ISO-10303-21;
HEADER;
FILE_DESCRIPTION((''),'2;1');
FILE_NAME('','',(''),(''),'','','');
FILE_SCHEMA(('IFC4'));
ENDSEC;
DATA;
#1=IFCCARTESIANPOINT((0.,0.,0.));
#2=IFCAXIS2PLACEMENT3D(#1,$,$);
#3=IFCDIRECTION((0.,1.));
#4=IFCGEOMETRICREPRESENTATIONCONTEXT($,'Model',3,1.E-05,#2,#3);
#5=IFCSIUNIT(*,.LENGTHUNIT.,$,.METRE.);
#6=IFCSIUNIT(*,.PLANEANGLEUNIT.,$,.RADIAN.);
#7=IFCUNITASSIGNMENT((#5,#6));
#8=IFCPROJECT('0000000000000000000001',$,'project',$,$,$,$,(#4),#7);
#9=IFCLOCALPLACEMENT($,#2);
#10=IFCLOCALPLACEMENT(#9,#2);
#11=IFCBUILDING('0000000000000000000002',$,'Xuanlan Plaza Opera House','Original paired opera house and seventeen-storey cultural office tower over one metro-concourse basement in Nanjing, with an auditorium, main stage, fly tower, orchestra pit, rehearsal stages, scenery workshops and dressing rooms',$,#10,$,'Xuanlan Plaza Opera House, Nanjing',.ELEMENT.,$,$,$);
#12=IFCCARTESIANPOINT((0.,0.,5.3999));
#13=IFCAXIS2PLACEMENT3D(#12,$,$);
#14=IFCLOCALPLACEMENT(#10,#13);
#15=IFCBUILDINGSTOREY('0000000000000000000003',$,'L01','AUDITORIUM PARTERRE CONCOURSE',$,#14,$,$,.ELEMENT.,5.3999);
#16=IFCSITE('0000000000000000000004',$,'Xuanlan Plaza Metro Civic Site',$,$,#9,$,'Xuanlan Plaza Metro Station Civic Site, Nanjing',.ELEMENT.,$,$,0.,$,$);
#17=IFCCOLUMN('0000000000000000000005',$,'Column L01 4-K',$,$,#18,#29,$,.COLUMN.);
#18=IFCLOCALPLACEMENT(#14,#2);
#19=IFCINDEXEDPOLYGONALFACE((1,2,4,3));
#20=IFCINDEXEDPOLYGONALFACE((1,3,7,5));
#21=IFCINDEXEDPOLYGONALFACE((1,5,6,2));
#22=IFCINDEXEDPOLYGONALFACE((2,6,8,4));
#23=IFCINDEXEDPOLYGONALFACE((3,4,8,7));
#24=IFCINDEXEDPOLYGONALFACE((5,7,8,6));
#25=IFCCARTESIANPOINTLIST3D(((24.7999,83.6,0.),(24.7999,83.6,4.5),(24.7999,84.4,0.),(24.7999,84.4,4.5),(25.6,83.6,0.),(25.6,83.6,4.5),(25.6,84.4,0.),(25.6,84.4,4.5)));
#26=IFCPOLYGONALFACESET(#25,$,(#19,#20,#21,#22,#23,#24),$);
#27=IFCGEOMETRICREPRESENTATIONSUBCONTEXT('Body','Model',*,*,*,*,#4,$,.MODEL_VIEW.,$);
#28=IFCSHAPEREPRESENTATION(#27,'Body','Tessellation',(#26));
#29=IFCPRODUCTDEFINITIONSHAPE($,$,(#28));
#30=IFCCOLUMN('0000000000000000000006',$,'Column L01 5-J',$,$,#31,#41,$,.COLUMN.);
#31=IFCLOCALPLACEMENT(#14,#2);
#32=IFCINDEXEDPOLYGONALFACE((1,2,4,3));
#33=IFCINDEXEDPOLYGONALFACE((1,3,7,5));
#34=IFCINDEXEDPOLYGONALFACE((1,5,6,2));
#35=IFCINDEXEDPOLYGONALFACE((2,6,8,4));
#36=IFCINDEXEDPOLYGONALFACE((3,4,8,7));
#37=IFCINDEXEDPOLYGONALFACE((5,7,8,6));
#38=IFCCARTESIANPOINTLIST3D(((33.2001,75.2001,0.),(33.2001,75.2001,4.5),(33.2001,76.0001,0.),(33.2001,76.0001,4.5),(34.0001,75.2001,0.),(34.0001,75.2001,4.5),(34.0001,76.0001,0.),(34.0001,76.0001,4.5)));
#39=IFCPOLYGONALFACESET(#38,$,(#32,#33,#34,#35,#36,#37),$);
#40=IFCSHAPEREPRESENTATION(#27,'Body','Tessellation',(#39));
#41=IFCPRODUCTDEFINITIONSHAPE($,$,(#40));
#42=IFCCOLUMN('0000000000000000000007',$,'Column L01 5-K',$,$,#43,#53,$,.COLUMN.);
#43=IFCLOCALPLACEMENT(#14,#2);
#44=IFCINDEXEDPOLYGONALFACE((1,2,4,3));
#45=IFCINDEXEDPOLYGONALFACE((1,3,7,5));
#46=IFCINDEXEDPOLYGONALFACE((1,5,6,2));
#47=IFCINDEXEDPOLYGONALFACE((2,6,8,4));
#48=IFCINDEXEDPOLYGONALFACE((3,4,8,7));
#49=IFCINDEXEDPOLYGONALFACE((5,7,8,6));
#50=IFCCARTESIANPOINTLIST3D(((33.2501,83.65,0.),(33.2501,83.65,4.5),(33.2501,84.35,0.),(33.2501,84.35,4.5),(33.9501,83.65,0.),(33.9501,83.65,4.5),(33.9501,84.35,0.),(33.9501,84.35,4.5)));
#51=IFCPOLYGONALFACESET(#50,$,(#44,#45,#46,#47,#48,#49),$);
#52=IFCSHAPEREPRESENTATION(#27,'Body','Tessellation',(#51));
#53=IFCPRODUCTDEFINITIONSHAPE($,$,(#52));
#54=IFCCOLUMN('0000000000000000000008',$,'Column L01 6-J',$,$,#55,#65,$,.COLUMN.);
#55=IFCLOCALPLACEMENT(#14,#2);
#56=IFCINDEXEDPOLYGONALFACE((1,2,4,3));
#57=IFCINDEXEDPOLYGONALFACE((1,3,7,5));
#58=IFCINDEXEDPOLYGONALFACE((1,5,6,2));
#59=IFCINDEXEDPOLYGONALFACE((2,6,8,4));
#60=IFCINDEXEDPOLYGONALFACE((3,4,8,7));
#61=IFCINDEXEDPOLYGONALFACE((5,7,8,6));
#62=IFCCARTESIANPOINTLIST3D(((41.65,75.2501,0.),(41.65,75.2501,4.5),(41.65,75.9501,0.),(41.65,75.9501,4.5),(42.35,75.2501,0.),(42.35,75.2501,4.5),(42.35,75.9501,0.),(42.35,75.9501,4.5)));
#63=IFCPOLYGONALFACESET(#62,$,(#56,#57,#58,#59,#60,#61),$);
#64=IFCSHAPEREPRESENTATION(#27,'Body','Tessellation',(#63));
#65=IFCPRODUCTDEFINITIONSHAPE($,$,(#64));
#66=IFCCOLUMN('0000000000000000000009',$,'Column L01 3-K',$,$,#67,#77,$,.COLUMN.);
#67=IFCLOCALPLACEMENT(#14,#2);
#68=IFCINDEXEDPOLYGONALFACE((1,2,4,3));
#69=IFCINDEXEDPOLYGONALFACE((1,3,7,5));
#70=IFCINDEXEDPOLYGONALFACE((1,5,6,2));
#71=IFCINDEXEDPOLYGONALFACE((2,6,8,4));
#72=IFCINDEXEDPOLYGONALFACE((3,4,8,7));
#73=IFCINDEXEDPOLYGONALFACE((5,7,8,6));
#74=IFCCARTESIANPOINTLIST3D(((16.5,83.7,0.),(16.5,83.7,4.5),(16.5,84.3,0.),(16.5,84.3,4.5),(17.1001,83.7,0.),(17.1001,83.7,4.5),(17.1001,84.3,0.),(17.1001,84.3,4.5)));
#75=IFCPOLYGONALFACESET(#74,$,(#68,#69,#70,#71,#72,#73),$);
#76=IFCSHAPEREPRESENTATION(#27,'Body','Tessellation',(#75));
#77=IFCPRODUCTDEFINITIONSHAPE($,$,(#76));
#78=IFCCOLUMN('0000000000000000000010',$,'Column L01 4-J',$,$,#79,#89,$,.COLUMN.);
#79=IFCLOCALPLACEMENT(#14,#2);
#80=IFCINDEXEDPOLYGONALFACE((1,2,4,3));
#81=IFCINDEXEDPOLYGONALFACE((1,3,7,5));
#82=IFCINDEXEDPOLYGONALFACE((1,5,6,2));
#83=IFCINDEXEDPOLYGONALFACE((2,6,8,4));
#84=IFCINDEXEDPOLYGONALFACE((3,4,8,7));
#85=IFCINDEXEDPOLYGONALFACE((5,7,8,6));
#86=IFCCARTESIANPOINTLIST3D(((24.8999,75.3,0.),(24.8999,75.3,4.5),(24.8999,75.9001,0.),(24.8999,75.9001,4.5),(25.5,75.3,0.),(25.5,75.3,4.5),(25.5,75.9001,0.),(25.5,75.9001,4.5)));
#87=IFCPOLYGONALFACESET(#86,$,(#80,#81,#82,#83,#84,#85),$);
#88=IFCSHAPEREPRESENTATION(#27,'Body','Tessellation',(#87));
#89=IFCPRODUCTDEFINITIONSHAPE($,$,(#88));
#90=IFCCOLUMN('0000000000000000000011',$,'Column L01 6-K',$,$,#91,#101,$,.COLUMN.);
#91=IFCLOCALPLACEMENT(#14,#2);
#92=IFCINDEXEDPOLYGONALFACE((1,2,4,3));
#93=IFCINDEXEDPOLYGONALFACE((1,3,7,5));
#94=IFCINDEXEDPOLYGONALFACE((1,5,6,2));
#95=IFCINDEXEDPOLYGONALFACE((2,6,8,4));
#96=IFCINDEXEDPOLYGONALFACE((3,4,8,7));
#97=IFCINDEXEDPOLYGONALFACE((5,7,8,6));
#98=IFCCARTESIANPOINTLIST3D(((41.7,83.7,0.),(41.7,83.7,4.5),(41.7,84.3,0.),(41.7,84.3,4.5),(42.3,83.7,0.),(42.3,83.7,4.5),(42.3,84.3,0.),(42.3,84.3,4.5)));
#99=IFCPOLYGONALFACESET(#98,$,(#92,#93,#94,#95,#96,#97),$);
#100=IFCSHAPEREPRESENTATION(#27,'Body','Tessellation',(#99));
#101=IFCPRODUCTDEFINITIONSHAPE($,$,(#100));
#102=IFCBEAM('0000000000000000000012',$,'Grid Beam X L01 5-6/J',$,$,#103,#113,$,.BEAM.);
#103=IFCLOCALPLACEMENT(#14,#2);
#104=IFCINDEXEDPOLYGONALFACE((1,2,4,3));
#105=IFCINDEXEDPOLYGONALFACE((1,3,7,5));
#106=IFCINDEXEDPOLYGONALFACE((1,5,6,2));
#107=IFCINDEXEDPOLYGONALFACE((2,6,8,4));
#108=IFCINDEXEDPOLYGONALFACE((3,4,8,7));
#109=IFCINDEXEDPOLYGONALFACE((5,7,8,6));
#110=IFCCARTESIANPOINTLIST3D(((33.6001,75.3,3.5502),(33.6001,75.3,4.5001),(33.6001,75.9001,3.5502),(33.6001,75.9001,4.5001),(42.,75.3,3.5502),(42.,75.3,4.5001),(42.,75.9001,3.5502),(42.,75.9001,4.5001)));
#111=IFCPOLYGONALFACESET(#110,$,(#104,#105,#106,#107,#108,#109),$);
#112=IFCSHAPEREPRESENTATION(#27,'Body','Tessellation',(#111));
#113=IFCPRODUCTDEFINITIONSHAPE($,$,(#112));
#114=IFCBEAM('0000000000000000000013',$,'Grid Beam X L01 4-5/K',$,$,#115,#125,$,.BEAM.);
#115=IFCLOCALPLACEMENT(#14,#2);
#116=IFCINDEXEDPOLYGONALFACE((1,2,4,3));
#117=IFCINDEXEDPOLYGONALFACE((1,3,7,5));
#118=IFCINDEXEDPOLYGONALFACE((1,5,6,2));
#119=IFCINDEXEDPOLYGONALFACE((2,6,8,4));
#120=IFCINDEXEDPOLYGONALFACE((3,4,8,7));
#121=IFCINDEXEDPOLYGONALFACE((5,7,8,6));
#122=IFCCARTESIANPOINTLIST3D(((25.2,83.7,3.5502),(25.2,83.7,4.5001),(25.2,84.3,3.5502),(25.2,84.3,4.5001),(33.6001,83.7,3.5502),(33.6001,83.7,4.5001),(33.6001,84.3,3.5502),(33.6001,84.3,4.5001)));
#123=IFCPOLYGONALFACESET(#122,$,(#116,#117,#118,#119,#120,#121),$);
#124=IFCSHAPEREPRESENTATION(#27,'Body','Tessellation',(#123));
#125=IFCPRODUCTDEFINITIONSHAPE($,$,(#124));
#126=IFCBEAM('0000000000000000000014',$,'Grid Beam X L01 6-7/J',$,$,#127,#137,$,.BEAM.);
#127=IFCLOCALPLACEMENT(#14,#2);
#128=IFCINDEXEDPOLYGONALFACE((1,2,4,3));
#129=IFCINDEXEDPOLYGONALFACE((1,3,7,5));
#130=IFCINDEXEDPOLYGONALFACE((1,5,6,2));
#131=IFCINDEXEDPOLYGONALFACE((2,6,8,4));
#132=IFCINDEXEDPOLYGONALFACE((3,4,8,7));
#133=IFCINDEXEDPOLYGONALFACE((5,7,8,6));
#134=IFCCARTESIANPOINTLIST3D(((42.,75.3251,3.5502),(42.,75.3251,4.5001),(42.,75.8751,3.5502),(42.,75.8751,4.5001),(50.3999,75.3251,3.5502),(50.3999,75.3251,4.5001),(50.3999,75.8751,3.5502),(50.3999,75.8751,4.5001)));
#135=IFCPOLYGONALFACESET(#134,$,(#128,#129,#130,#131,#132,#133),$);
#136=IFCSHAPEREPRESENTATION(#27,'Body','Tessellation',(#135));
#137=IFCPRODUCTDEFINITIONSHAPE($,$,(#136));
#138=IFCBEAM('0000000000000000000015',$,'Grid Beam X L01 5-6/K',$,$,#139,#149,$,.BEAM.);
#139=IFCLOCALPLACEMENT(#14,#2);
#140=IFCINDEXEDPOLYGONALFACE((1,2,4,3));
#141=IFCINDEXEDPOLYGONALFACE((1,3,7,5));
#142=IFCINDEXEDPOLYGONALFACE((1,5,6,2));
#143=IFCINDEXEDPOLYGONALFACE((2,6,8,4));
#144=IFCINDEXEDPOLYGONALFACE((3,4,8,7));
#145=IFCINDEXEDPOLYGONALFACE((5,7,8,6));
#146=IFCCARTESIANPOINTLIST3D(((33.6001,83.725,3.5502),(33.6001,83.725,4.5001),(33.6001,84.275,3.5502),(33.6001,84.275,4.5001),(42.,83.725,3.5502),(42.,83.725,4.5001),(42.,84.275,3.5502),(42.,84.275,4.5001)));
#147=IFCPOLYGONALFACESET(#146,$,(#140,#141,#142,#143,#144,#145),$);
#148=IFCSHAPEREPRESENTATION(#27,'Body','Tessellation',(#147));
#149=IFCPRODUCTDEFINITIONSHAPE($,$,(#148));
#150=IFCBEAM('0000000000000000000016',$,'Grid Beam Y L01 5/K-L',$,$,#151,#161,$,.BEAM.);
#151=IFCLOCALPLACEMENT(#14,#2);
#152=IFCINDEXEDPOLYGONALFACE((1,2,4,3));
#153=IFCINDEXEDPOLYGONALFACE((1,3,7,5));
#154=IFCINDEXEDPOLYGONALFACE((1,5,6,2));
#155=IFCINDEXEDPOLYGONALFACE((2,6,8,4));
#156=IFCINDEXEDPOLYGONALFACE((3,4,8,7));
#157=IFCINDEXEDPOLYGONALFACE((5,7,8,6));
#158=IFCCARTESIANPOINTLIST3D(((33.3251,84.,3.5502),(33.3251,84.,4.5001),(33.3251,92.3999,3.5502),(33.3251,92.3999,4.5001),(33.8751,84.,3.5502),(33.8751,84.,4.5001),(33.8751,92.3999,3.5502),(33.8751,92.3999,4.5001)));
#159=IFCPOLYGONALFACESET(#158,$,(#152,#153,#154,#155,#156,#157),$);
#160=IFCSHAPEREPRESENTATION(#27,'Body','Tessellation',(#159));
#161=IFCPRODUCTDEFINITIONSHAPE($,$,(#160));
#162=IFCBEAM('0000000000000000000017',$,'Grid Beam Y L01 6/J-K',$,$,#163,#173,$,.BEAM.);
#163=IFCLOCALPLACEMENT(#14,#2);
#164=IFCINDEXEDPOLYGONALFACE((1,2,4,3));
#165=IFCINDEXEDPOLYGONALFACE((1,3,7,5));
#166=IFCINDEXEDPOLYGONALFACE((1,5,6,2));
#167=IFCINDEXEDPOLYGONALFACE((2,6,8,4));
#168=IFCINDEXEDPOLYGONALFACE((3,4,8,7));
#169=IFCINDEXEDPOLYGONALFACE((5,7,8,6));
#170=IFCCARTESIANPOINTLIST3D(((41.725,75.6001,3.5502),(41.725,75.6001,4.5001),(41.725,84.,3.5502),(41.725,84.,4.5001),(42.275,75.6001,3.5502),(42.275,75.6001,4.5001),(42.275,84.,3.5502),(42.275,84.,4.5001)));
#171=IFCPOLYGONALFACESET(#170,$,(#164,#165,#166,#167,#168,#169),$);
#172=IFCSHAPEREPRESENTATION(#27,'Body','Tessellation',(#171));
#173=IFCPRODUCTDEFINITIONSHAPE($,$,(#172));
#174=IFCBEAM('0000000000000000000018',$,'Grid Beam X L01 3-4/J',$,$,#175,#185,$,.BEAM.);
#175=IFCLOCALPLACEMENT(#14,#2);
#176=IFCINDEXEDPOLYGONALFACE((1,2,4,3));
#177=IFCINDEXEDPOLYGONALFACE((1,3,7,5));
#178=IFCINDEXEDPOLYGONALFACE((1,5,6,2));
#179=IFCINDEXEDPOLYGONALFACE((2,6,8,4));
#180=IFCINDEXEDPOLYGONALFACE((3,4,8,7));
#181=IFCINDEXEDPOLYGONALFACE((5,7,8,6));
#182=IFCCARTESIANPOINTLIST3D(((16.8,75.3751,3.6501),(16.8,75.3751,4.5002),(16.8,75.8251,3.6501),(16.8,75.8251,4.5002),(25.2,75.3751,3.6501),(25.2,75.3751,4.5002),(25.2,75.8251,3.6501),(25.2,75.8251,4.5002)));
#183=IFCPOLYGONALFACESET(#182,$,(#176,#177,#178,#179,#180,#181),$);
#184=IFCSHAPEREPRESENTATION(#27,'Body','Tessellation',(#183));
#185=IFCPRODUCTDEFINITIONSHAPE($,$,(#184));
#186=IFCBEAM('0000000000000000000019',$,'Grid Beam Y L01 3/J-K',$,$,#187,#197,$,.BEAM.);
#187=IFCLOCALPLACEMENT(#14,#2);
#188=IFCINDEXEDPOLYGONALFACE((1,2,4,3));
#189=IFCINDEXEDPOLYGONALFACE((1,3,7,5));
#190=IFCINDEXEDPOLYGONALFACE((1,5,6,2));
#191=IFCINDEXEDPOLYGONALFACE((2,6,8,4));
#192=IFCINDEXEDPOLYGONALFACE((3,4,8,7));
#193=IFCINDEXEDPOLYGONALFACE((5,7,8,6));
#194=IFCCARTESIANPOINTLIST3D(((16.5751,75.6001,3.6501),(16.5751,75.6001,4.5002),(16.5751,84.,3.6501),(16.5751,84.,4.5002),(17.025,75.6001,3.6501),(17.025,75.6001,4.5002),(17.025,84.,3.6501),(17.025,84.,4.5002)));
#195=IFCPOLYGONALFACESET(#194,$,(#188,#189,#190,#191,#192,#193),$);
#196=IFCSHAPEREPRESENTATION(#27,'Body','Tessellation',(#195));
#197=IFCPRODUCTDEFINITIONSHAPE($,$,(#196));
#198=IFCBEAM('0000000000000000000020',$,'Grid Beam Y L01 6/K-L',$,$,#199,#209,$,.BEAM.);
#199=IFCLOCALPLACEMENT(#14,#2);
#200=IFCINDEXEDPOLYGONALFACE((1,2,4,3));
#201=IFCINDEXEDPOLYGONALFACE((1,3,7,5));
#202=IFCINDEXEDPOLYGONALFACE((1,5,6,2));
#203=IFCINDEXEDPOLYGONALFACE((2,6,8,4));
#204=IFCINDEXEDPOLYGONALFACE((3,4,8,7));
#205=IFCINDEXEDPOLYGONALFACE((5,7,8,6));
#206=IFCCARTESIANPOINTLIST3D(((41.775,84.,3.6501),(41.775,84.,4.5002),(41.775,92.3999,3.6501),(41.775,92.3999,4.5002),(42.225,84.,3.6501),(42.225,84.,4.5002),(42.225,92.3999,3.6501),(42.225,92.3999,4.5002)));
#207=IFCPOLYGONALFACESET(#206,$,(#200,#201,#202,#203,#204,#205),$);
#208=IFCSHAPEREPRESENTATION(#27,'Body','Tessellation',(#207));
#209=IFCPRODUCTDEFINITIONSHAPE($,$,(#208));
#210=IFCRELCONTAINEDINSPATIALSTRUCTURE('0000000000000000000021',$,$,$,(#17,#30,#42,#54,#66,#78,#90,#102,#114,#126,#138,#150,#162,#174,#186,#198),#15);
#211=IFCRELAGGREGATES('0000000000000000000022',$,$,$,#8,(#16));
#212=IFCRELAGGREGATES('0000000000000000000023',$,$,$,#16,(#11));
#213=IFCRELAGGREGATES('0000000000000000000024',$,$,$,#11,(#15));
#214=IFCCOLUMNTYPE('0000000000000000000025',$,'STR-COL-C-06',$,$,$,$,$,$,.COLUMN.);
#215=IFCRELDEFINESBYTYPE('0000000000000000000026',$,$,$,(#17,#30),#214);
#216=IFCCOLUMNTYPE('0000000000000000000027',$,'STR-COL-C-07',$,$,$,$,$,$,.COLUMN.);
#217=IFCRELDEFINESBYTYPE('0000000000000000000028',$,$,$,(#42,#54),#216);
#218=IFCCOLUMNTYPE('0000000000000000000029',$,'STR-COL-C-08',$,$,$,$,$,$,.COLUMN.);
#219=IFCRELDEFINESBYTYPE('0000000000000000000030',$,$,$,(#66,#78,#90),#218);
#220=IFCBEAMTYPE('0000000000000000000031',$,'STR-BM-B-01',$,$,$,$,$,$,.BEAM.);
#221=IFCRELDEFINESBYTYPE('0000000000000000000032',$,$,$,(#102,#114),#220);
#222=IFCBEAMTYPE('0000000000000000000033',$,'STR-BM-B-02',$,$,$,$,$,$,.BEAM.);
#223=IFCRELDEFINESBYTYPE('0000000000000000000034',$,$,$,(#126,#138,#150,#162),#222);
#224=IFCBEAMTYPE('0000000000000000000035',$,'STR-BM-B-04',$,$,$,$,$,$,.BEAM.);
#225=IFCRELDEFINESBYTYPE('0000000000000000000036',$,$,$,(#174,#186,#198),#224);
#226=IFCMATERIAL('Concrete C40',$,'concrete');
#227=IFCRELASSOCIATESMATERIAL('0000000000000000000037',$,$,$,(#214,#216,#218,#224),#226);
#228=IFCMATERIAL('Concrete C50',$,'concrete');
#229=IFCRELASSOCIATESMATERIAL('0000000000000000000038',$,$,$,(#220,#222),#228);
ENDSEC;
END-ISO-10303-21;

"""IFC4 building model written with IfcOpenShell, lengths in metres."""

from ifc_helpers import new_model, si_unit, direction, frame, origin, origin_2d, place, context, subcontext, project, spatial, rectangle, extrude, material, material_profile, profile_set, type_object, element, save


model = new_model("IFC4")

# Units and contexts
model_context = context("Model", 3, precision=1e-05, world=origin(), true_north=direction((0.0, 1.0)))
body_context = subcontext(model_context, "Body", "Model", "MODEL_VIEW")
ifc_project = project(units=[si_unit("LENGTHUNIT", "METRE"), si_unit("PLANEANGLEUNIT", "RADIAN")], contexts=[model_context])

# Site, building, storey
site_placement = place(None, origin())
site = spatial("IfcSite", under=ifc_project, at=site_placement, Name="Xuanlan Plaza Metro Civic Site", LongName="Xuanlan Plaza Metro Station Civic Site, Nanjing", CompositionType="ELEMENT", RefElevation=0.0)
building_placement = place(site_placement, origin())
building = spatial("IfcBuilding", under=site, at=building_placement, Name="Xuanlan Plaza Opera House", Description="Original paired opera house and seventeen-storey cultural office tower over one metro-concourse basement in Nanjing, with an auditorium, main stage, fly tower, orchestra pit, rehearsal stages, scenery workshops and dressing rooms", LongName="Xuanlan Plaza Opera House, Nanjing", CompositionType="ELEMENT")
storey_placement = place(building_placement, frame((0.0, 0.0, 5.3999)))
storey = spatial("IfcBuildingStorey", under=building, at=storey_placement, Name="L01", Description="AUDITORIUM PARTERRE CONCOURSE", CompositionType="ELEMENT", Elevation=5.3999)

# Columns
ifc_material_1 = material(Name="Concrete C40", Category="concrete")
ifc_material_profile_1 = material_profile(ifc_material_1, rectangle(XDim=0.8, YDim=0.8, at=origin_2d()), Name="RC-COL 800x800")
ifc_profile_set_1 = profile_set([ifc_material_profile_1], Name="Concrete C40")
column_type_1 = type_object("IfcColumnType", Name="STR-COL-C-06", PredefinedType="COLUMN", material=ifc_profile_set_1)
for number, where, z_axis, x_axis, name in (
    (1, (25.2, 84.0, 0.0), (0.0, 0.0, 1.0), (1.0, 0.0, 0.0), "Column L01 4-K"),
    (2, (33.6001, 75.6001, 0.0), (0.0, 0.0, 1.0), (1.0, 0.0, 0.0), "Column L01 5-J"),
):
    element("IfcColumn", number, at=place(storey_placement, frame(where, z_axis=z_axis, x_axis=x_axis)), inside=storey, type_object=column_type_1, Name=name, PredefinedType="COLUMN", context=body_context, shape_type="SweptSolid", body=[
        extrude(rectangle(XDim=0.8, YDim=0.8, at=origin_2d()), origin(), (0.0, 0.0, 1.0), 4.5),
    ])
ifc_material_profile_2 = material_profile(ifc_material_1, rectangle(XDim=0.7, YDim=0.7, at=origin_2d()), Name="RC-COL 700x700")
ifc_profile_set_2 = profile_set([ifc_material_profile_2], Name="Concrete C40")
column_type_2 = type_object("IfcColumnType", Name="STR-COL-C-07", PredefinedType="COLUMN", material=ifc_profile_set_2)
for number, where, z_axis, x_axis, name in (
    (3, (33.6001, 84.0, 0.0), (0.0, 0.0, 1.0), (1.0, 0.0, 0.0), "Column L01 5-K"),
    (4, (42.0, 75.6001, 0.0), (0.0, 0.0, 1.0), (1.0, 0.0, 0.0), "Column L01 6-J"),
):
    element("IfcColumn", number, at=place(storey_placement, frame(where, z_axis=z_axis, x_axis=x_axis)), inside=storey, type_object=column_type_2, Name=name, PredefinedType="COLUMN", context=body_context, shape_type="SweptSolid", body=[
        extrude(rectangle(XDim=0.7, YDim=0.7, at=origin_2d()), origin(), (0.0, 0.0, 1.0), 4.5),
    ])
ifc_material_profile_3 = material_profile(ifc_material_1, rectangle(XDim=0.6001, YDim=0.6001, at=origin_2d()), Name="RC-COL 600x600")
ifc_profile_set_3 = profile_set([ifc_material_profile_3], Name="Concrete C40")
column_type_3 = type_object("IfcColumnType", Name="STR-COL-C-08", PredefinedType="COLUMN", material=ifc_profile_set_3)
for number, where, z_axis, x_axis, name in (
    (5, (16.8, 84.0, 0.0), (0.0, 0.0, 1.0), (1.0, 0.0, 0.0), "Column L01 3-K"),
    (6, (25.2, 75.6001, 0.0), (0.0, 0.0, 1.0), (1.0, 0.0, 0.0), "Column L01 4-J"),
    (7, (42.0, 84.0, 0.0), (0.0, 0.0, 1.0), (1.0, 0.0, 0.0), "Column L01 6-K"),
):
    element("IfcColumn", number, at=place(storey_placement, frame(where, z_axis=z_axis, x_axis=x_axis)), inside=storey, type_object=column_type_3, Name=name, PredefinedType="COLUMN", context=body_context, shape_type="SweptSolid", body=[
        extrude(rectangle(XDim=0.6001, YDim=0.6001, at=origin_2d()), origin(), (0.0, 0.0, 1.0), 4.5),
    ])

# Beams
ifc_material_2 = material(Name="Concrete C50", Category="concrete")
ifc_material_profile_4 = material_profile(ifc_material_2, rectangle(XDim=0.6001, YDim=0.95, at=origin_2d()), Name="RC-BM 600x950")
ifc_profile_set_4 = profile_set([ifc_material_profile_4], Name="Concrete C50")
beam_type_1 = type_object("IfcBeamType", Name="STR-BM-B-01", PredefinedType="BEAM", material=ifc_profile_set_4)
beam_1_placement = place(storey_placement, frame((33.6001, 75.6001, 4.0251), z_axis=(1.0, 0.0, 0.0), x_axis=(0.0, 1.0, 0.0)))
element("IfcBeam", 8, at=beam_1_placement, inside=storey, type_object=beam_type_1, Name="Grid Beam X L01 5-6/J", PredefinedType="BEAM", context=body_context, shape_type="SweptSolid", body=[
    extrude(rectangle(XDim=0.6001, YDim=0.95, at=origin_2d()), origin(), (0.0, 0.0, 1.0), 8.3999),
])
beam_2_placement = place(storey_placement, frame((25.2, 84.0, 4.0251), z_axis=(1.0, 0.0, 0.0), x_axis=(0.0, 1.0, 0.0)))
element("IfcBeam", 9, at=beam_2_placement, inside=storey, type_object=beam_type_1, Name="Grid Beam X L01 4-5/K", PredefinedType="BEAM", context=body_context, shape_type="SweptSolid", body=[
    extrude(rectangle(XDim=0.6001, YDim=0.95, at=origin_2d()), origin(), (0.0, 0.0, 1.0), 8.4001),
])
ifc_material_profile_5 = material_profile(ifc_material_2, rectangle(XDim=0.55, YDim=0.95, at=origin_2d()), Name="RC-BM 550x950")
ifc_profile_set_5 = profile_set([ifc_material_profile_5], Name="Concrete C50")
beam_type_2 = type_object("IfcBeamType", Name="STR-BM-B-02", PredefinedType="BEAM", material=ifc_profile_set_5)
for number, where, z_axis, x_axis, name in (
    (10, (42.0, 75.6001, 4.0251), (1.0, 0.0, 0.0), (0.0, 1.0, 0.0), "Grid Beam X L01 6-7/J"),
    (11, (33.6001, 84.0, 4.0251), (1.0, 0.0, 0.0), (0.0, 1.0, 0.0), "Grid Beam X L01 5-6/K"),
    (12, (33.6001, 84.0, 4.0251), (0.0, 1.0, 0.0), (-1.0, 0.0, 0.0), "Grid Beam Y L01 5/K-L"),
    (13, (42.0, 75.6001, 4.0251), (0.0, 1.0, 0.0), (-1.0, 0.0, 0.0), "Grid Beam Y L01 6/J-K"),
):
    element("IfcBeam", number, at=place(storey_placement, frame(where, z_axis=z_axis, x_axis=x_axis)), inside=storey, type_object=beam_type_2, Name=name, PredefinedType="BEAM", context=body_context, shape_type="SweptSolid", body=[
        extrude(rectangle(XDim=0.55, YDim=0.95, at=origin_2d()), origin(), (0.0, 0.0, 1.0), 8.3999),
    ])
ifc_material_profile_6 = material_profile(ifc_material_1, rectangle(XDim=0.45, YDim=0.8501, at=origin_2d()), Name="RC-BM 450x850")
ifc_profile_set_6 = profile_set([ifc_material_profile_6], Name="Concrete C40")
beam_type_3 = type_object("IfcBeamType", Name="STR-BM-B-04", PredefinedType="BEAM", material=ifc_profile_set_6)
for number, where, z_axis, x_axis, name in (
    (14, (16.8, 75.6001, 4.0752), (1.0, 0.0, 0.0), (0.0, 1.0, 0.0), "Grid Beam X L01 3-4/J"),
    (15, (16.8, 75.6001, 4.0752), (0.0, 1.0, 0.0), (-1.0, 0.0, 0.0), "Grid Beam Y L01 3/J-K"),
    (16, (42.0, 84.0, 4.0752), (0.0, 1.0, 0.0), (-1.0, 0.0, 0.0), "Grid Beam Y L01 6/K-L"),
):
    element("IfcBeam", number, at=place(storey_placement, frame(where, z_axis=z_axis, x_axis=x_axis)), inside=storey, type_object=beam_type_3, Name=name, PredefinedType="BEAM", context=body_context, shape_type="SweptSolid", body=[
        extrude(rectangle(XDim=0.45, YDim=0.8501, at=origin_2d()), origin(), (0.0, 0.0, 1.0), 8.3999),
    ])

save(model, "model.ifc")
